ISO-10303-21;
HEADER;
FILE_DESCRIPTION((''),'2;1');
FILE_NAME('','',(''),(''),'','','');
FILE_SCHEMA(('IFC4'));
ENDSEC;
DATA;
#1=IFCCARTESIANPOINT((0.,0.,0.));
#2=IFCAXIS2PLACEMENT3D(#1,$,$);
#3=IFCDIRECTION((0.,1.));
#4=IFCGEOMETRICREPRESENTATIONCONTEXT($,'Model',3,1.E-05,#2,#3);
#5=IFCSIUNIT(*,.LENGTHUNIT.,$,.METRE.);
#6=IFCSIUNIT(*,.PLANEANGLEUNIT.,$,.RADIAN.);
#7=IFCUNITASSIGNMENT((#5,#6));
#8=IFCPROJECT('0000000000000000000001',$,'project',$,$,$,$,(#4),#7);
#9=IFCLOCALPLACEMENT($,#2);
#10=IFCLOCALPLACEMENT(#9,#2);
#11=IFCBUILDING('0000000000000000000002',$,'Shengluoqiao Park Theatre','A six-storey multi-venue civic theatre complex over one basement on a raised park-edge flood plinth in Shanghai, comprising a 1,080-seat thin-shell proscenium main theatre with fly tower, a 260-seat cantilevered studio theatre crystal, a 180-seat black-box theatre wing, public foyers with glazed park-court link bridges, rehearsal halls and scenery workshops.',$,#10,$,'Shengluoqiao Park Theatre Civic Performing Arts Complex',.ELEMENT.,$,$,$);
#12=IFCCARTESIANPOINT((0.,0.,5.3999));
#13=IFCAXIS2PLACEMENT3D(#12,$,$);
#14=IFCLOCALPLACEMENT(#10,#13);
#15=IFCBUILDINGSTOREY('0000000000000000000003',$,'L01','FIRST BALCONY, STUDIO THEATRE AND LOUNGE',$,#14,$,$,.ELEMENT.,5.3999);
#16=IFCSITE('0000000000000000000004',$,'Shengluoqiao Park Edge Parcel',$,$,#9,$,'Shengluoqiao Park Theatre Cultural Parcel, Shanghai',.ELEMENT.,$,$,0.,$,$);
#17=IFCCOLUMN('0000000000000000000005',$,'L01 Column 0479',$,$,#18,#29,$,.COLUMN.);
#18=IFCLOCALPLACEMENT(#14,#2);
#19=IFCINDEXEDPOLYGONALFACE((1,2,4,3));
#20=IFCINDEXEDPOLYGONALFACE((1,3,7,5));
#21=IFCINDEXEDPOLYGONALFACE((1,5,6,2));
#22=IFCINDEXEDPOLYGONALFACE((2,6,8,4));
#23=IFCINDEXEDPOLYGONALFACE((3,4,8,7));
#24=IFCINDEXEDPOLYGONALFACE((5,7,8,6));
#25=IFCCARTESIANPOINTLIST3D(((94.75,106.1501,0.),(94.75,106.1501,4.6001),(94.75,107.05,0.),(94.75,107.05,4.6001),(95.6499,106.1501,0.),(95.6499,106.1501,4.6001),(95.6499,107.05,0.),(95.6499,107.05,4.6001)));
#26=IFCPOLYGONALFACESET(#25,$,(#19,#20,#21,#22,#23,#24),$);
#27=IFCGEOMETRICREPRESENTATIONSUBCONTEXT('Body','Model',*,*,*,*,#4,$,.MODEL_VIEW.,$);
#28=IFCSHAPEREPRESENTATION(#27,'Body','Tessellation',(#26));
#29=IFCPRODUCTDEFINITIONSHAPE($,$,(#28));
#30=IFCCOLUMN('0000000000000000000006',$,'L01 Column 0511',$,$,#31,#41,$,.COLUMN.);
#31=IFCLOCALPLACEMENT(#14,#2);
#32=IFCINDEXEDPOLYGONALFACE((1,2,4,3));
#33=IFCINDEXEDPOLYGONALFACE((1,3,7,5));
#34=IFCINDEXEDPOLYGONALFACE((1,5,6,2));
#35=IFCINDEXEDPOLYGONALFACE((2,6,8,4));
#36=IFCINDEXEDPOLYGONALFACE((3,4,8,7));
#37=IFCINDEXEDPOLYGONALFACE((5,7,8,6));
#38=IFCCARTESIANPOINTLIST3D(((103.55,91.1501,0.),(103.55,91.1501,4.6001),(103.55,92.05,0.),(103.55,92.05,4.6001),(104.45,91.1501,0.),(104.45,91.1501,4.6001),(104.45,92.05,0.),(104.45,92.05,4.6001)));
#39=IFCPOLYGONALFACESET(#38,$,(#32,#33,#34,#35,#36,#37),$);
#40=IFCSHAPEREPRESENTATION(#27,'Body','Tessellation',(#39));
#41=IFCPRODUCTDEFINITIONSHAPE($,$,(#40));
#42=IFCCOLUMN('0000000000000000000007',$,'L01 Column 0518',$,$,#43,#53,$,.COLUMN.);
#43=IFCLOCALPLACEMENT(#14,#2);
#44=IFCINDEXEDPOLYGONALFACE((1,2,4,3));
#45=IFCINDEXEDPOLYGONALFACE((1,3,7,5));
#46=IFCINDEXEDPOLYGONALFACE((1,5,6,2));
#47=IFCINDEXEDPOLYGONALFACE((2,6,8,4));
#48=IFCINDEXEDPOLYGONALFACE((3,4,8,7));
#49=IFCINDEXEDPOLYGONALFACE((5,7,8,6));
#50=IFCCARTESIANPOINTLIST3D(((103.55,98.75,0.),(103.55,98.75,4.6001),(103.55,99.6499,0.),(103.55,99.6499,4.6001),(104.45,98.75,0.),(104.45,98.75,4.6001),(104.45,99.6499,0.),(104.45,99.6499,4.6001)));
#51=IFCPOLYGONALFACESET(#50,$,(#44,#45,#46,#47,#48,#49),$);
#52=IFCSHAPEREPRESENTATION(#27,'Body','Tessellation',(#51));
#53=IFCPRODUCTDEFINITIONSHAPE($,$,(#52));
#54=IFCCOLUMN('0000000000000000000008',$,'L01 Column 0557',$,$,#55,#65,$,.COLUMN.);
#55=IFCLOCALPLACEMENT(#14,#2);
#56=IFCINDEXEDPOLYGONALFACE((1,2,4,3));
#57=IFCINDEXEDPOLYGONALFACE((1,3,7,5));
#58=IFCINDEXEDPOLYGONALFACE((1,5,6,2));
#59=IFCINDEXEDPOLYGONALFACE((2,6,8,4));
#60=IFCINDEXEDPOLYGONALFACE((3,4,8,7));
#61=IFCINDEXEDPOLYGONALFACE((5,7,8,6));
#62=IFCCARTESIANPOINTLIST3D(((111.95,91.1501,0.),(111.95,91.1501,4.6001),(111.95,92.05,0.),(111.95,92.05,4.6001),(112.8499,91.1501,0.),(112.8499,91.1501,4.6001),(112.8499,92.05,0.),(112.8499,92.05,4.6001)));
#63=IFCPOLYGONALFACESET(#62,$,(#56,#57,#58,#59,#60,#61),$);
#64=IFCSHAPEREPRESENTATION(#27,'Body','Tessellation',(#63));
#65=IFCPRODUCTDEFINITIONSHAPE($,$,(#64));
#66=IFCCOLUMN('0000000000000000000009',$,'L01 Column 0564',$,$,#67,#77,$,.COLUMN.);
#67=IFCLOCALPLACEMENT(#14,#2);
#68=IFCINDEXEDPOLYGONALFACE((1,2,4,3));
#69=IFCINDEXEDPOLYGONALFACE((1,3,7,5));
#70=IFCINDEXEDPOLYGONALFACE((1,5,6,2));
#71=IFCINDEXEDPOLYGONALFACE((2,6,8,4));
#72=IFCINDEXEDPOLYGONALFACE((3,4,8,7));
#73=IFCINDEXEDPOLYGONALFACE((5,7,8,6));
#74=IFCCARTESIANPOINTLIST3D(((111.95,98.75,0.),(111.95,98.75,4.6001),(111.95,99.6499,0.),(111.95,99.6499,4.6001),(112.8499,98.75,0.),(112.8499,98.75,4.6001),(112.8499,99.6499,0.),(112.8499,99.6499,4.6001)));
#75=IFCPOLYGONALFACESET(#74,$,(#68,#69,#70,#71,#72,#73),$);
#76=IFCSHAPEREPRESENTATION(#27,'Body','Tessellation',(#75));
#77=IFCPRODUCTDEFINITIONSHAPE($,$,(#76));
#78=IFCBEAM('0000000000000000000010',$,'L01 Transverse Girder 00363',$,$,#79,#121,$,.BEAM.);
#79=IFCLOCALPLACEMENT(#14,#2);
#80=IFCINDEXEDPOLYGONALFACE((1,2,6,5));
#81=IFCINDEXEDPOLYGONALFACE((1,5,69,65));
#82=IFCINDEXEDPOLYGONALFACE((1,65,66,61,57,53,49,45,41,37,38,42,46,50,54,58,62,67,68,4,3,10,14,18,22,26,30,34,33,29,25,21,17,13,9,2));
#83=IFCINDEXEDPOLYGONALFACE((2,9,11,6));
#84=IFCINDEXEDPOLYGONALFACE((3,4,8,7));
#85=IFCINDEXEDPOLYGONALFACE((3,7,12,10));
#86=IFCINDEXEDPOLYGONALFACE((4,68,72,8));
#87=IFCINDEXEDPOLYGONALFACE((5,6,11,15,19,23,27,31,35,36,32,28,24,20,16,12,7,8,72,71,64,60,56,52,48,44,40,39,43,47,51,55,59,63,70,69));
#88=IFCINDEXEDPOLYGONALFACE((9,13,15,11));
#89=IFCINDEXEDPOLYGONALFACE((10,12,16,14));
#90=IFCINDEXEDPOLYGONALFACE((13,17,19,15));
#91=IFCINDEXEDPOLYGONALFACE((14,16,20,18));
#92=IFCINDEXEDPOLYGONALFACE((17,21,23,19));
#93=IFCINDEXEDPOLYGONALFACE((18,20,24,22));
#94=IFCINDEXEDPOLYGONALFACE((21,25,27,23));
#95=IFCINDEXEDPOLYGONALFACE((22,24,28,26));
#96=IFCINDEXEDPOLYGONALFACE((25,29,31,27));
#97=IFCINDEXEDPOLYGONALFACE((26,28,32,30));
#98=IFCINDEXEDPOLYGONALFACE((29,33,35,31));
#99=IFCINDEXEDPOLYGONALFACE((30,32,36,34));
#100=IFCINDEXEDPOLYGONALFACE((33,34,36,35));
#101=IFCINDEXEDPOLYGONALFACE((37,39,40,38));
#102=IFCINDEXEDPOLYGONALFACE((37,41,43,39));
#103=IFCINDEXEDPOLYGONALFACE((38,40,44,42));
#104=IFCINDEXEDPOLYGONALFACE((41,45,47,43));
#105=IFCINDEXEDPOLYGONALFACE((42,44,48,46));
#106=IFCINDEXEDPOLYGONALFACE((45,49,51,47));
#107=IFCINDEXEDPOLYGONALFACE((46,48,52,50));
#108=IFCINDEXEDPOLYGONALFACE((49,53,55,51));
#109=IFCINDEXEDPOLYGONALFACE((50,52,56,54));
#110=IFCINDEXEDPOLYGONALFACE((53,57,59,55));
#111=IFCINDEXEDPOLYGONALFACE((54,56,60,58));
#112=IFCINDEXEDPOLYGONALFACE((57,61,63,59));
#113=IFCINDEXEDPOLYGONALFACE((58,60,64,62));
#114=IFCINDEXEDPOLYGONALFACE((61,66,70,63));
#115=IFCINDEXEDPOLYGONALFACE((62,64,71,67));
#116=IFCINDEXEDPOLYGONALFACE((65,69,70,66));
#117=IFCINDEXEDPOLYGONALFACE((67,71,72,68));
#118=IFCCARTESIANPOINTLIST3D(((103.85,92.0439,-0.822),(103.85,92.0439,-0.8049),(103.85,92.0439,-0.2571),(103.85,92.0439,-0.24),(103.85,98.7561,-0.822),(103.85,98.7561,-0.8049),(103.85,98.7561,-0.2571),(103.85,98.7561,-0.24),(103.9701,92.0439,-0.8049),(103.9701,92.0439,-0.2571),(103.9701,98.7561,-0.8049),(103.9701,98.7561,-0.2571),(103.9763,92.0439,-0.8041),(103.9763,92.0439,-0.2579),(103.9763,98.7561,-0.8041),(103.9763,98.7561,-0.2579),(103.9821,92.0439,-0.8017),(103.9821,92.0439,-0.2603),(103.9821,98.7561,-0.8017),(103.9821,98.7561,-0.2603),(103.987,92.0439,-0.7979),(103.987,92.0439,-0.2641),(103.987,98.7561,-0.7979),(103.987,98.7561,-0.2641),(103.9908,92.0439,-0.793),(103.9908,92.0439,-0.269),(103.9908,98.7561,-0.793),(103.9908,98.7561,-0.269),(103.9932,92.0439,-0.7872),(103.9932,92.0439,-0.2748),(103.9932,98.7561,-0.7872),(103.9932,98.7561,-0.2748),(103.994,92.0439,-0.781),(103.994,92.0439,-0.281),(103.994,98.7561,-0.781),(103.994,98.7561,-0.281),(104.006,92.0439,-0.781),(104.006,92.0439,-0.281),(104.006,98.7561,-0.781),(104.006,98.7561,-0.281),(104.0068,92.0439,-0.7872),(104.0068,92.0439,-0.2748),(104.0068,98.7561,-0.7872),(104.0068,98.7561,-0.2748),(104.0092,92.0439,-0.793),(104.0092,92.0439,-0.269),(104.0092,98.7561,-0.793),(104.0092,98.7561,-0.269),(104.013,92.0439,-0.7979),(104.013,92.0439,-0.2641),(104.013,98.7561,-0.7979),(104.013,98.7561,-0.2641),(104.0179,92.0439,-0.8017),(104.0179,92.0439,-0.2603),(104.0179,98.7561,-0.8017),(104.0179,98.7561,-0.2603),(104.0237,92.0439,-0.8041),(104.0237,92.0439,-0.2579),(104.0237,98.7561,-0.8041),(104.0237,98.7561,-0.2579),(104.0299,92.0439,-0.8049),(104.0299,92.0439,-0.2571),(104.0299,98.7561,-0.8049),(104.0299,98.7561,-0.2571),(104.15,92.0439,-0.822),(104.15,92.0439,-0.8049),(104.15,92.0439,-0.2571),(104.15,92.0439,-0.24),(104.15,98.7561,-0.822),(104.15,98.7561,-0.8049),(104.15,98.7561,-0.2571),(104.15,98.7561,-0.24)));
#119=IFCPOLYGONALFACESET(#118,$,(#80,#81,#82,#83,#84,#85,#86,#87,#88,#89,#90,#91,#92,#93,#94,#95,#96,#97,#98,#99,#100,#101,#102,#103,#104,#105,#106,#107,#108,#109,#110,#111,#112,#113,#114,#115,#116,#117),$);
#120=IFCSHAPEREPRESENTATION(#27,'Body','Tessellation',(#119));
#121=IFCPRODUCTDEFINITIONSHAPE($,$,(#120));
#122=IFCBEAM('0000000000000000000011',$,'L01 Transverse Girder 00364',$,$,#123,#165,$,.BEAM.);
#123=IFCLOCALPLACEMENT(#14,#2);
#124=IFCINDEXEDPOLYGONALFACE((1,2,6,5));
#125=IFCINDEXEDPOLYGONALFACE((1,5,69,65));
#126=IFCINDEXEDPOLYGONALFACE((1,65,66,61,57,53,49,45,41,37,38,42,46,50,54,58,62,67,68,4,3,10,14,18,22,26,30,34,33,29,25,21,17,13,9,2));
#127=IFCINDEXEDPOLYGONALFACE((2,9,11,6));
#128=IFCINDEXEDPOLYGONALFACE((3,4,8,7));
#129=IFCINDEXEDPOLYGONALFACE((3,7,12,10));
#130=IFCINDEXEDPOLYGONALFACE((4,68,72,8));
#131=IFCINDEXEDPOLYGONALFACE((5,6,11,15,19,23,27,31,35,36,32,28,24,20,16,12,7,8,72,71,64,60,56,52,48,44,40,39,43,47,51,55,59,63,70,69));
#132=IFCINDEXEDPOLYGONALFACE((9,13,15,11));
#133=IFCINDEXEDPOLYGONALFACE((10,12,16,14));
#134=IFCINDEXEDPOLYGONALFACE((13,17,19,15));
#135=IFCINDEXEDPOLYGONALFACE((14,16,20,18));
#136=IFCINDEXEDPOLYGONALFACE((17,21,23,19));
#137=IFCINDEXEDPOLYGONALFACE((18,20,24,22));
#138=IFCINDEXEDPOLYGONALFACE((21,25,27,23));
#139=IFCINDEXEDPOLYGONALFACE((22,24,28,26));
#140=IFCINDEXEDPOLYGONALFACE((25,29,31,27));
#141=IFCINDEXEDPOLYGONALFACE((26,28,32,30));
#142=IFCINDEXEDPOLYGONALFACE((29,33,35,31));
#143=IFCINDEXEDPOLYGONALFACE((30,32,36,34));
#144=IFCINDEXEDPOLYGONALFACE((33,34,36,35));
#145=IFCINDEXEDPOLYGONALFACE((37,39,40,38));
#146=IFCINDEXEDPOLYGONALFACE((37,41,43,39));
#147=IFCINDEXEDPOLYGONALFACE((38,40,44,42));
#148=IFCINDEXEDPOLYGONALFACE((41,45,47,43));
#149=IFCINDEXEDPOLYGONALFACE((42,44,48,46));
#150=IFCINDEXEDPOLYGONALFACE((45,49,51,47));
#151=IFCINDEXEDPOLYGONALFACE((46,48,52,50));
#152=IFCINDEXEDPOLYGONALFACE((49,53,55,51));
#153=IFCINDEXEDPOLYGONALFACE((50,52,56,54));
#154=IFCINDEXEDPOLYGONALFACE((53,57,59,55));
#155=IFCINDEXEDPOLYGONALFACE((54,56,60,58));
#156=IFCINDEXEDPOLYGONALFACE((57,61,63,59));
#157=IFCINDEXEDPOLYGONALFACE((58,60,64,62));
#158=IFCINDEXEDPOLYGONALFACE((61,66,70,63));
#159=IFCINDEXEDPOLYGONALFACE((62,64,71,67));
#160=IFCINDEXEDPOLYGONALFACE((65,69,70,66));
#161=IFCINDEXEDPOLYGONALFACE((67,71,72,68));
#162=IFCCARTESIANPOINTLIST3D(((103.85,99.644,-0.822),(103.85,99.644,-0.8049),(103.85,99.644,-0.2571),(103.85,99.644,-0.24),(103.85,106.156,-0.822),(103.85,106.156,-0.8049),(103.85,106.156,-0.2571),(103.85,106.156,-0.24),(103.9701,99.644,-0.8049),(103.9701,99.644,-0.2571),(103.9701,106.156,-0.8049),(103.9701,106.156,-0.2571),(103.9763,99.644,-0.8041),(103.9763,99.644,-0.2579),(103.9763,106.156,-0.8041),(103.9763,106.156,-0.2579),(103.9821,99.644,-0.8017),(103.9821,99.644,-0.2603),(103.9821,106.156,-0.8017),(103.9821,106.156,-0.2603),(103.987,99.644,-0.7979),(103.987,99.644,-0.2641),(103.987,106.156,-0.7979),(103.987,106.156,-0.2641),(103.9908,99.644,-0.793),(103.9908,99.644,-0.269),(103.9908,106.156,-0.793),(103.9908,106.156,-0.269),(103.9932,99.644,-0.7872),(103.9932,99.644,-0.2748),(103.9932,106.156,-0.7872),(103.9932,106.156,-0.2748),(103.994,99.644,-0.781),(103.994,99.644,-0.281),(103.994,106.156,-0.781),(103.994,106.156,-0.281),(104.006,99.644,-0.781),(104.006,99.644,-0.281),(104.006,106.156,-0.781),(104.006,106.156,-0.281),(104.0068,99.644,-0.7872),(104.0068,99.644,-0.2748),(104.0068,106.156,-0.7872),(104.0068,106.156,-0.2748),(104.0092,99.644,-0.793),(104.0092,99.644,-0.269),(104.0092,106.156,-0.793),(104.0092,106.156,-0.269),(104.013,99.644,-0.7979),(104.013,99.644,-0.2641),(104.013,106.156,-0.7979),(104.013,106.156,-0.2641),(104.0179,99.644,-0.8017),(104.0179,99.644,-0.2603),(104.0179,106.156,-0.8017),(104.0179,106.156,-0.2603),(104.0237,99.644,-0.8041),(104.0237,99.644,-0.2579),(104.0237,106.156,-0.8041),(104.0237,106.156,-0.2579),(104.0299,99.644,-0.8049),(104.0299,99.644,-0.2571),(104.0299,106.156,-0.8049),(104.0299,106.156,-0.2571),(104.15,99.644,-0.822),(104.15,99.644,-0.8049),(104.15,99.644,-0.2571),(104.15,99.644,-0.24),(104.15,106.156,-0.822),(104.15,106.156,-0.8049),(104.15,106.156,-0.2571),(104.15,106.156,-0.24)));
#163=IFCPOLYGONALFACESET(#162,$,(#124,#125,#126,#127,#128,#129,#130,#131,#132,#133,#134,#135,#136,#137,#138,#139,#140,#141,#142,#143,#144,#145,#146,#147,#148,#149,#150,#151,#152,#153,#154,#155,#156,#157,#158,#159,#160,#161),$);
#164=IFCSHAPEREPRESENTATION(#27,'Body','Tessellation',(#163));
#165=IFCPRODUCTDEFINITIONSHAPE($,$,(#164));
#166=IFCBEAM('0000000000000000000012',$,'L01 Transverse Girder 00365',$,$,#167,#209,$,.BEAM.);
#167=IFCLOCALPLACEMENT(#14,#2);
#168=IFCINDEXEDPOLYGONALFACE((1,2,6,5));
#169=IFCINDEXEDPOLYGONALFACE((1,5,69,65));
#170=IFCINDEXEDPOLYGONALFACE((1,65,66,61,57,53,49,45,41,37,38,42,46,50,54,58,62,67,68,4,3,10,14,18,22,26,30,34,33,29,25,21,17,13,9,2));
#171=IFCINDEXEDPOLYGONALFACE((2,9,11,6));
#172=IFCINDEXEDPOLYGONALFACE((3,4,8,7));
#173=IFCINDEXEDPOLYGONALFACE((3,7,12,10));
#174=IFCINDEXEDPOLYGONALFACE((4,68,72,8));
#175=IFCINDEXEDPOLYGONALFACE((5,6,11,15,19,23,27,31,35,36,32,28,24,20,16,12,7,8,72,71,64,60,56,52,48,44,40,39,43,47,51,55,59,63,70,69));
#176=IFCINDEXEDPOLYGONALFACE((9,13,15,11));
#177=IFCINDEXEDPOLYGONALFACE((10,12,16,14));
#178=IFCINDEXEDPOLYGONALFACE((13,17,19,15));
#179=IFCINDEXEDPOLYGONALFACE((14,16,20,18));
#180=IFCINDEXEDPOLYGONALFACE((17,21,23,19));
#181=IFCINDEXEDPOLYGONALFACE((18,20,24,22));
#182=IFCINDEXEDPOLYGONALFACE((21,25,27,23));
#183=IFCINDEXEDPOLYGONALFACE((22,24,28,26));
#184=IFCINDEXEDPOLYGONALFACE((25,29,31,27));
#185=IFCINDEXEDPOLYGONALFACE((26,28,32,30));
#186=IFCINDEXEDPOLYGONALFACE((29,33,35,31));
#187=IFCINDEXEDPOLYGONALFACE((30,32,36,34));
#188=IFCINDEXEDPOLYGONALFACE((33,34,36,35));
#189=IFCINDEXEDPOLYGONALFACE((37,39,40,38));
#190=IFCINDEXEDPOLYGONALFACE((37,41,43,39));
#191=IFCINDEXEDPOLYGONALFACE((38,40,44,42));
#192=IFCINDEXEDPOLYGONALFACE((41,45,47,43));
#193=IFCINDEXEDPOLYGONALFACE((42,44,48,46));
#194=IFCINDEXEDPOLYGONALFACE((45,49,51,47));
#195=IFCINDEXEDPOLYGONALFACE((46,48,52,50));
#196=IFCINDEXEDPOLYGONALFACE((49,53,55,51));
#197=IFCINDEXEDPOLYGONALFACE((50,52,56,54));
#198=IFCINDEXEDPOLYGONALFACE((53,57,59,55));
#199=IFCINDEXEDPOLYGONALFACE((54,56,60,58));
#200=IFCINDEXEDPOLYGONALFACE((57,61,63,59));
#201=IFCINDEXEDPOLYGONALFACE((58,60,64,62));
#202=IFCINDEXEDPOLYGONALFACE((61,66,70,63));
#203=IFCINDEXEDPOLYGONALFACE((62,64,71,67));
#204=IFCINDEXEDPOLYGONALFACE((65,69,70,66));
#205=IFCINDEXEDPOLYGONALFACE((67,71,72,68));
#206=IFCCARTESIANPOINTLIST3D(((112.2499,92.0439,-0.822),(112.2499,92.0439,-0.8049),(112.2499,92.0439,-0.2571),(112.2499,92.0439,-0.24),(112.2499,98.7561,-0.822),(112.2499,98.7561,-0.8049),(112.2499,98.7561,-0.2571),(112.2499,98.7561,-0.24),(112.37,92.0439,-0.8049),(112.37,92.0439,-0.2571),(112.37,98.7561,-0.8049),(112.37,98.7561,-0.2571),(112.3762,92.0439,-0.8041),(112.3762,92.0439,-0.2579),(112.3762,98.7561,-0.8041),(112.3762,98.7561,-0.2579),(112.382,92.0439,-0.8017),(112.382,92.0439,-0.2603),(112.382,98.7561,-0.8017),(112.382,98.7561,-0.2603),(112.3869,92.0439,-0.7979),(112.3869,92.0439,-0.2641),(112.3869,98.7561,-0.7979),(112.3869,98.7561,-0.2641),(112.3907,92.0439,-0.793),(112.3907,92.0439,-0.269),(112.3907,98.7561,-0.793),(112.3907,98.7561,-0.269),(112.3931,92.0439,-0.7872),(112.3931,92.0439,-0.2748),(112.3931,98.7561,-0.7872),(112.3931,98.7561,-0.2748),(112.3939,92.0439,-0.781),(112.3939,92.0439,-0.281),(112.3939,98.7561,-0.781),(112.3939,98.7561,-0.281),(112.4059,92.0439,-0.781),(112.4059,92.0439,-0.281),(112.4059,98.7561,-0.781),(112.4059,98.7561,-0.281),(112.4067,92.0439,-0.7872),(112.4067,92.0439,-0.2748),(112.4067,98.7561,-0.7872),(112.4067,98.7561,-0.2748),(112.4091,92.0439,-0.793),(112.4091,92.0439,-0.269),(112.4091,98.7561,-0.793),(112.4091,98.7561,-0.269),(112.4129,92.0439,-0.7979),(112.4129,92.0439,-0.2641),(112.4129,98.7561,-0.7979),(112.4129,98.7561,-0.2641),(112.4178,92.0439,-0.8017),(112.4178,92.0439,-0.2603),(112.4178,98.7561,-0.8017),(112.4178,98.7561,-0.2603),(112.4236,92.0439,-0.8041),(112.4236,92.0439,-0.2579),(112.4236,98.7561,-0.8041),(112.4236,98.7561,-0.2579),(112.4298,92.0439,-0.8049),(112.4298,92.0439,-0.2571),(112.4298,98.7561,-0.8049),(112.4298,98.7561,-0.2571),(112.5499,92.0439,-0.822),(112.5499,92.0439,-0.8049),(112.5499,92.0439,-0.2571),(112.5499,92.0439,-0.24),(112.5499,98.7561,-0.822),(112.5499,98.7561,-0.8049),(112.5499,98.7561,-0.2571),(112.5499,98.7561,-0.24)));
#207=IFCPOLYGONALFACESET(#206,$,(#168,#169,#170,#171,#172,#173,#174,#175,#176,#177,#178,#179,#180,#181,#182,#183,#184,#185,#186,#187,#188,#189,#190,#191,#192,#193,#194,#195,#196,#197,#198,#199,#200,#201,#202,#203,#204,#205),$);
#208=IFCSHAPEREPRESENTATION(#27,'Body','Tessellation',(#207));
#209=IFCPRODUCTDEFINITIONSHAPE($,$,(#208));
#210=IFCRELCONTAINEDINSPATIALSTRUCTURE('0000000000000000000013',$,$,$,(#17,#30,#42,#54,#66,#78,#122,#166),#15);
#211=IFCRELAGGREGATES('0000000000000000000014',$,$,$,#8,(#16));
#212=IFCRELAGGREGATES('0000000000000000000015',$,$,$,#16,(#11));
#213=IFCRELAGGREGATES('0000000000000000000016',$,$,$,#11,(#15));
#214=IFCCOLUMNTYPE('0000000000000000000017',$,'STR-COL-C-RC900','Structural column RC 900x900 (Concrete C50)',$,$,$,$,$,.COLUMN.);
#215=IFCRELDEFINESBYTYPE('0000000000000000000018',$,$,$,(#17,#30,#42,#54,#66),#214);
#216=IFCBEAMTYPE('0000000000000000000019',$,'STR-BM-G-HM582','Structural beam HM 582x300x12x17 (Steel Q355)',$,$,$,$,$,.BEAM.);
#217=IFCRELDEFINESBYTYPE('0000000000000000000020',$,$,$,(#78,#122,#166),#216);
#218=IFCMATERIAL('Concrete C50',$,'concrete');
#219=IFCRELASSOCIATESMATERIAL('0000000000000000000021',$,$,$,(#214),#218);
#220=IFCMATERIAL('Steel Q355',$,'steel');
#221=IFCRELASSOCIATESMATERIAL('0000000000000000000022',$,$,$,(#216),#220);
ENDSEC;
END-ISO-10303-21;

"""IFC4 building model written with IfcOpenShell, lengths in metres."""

from ifc_helpers import new_model, si_unit, direction, frame, origin, origin_2d, place, context, subcontext, project, spatial, rectangle, i_section, extrude, material, material_profile, profile_set, type_object, element, save


model = new_model("IFC4")

# Units and contexts
model_context = context("Model", 3, precision=1e-05, world=origin(), true_north=direction((0.0, 1.0)))
body_context = subcontext(model_context, "Body", "Model", "MODEL_VIEW")
ifc_project = project(units=[si_unit("LENGTHUNIT", "METRE"), si_unit("PLANEANGLEUNIT", "RADIAN")], contexts=[model_context])

# Site, building, storey
site_placement = place(None, origin())
site = spatial("IfcSite", under=ifc_project, at=site_placement, Name="Shengluoqiao Park Edge Parcel", LongName="Shengluoqiao Park Theatre Cultural Parcel, Shanghai", CompositionType="ELEMENT", RefElevation=0.0)
building_placement = place(site_placement, origin())
building = spatial("IfcBuilding", under=site, at=building_placement, Name="Shengluoqiao Park Theatre", Description="A six-storey multi-venue civic theatre complex over one basement on a raised park-edge flood plinth in Shanghai, comprising a 1,080-seat thin-shell proscenium main theatre with fly tower, a 260-seat cantilevered studio theatre crystal, a 180-seat black-box theatre wing, public foyers with glazed park-court link bridges, rehearsal halls and scenery workshops.", LongName="Shengluoqiao Park Theatre Civic Performing Arts Complex", CompositionType="ELEMENT")
storey_placement = place(building_placement, frame((0.0, 0.0, 5.3999)))
storey = spatial("IfcBuildingStorey", under=building, at=storey_placement, Name="L01", Description="FIRST BALCONY, STUDIO THEATRE AND LOUNGE", CompositionType="ELEMENT", Elevation=5.3999)

# Columns
ifc_material_1 = material(Name="Concrete C50", Category="concrete")
ifc_material_profile_1 = material_profile(ifc_material_1, rectangle(XDim=0.8999, YDim=0.8999, at=origin_2d()), Name="RC 900x900")
ifc_profile_set_1 = profile_set([ifc_material_profile_1], Name="Concrete C50")
column_type = type_object("IfcColumnType", Name="STR-COL-C-RC900", Description="Structural column RC 900x900 (Concrete C50)", PredefinedType="COLUMN", material=ifc_profile_set_1)
for number, where, z_axis, x_axis, name in (
    (1, (95.2, 106.6001, 0.0), (0.0, 0.0, 1.0), (1.0, 0.0, 0.0), "L01 Column 0479"),
    (2, (104.0, 91.6001, 0.0), (0.0, 0.0, 1.0), (1.0, 0.0, 0.0), "L01 Column 0511"),
    (3, (104.0, 99.2, 0.0), (0.0, 0.0, 1.0), (1.0, 0.0, 0.0), "L01 Column 0518"),
    (4, (112.3999, 91.6001, 0.0), (0.0, 0.0, 1.0), (1.0, 0.0, 0.0), "L01 Column 0557"),
    (5, (112.3999, 99.2, 0.0), (0.0, 0.0, 1.0), (1.0, 0.0, 0.0), "L01 Column 0564"),
):
    element("IfcColumn", number, at=place(storey_placement, frame(where, z_axis=z_axis, x_axis=x_axis)), inside=storey, type_object=column_type, Name=name, PredefinedType="COLUMN", context=body_context, shape_type="SweptSolid", body=[
        extrude(rectangle(XDim=0.8999, YDim=0.8999, at=origin_2d()), origin(), (0.0, 0.0, 1.0), 4.6001),
    ])

# Beams
ifc_material_2 = material(Name="Steel Q355", Category="steel")
ifc_material_profile_2 = material_profile(ifc_material_2, i_section(OverallWidth=0.3, OverallDepth=0.582, WebThickness=0.012, FlangeThickness=0.0171, FilletRadius=0.0239, at=origin_2d()), Name="HM 582x300x12x17")
ifc_profile_set_2 = profile_set([ifc_material_profile_2], Name="Steel Q355")
beam_type_1 = type_object("IfcBeamType", Name="STR-BM-G-HM582", Description="Structural beam HM 582x300x12x17 (Steel Q355)", PredefinedType="BEAM", material=ifc_profile_set_2)
beam_1_placement = place(storey_placement, frame((104.0, 92.0439, -0.531), z_axis=(0.0, 1.0, 0.0), x_axis=(-1.0, 0.0, 0.0)))
element("IfcBeam", 6, at=beam_1_placement, inside=storey, type_object=beam_type_1, Name="L01 Transverse Girder 00363", PredefinedType="BEAM", context=body_context, shape_type="SweptSolid", body=[
    extrude(i_section(OverallWidth=0.3, OverallDepth=0.582, WebThickness=0.012, FlangeThickness=0.0171, FilletRadius=0.0239, at=origin_2d()), origin(), (0.0, 0.0, 1.0), 6.7122),
])
beam_2_placement = place(storey_placement, frame((104.0, 99.644, -0.531), z_axis=(0.0, 1.0, 0.0), x_axis=(-1.0, 0.0, 0.0)))
element("IfcBeam", 7, at=beam_2_placement, inside=storey, type_object=beam_type_1, Name="L01 Transverse Girder 00364", PredefinedType="BEAM", context=body_context, shape_type="SweptSolid", body=[
    extrude(i_section(OverallWidth=0.3, OverallDepth=0.582, WebThickness=0.012, FlangeThickness=0.0171, FilletRadius=0.0239, at=origin_2d()), origin(), (0.0, 0.0, 1.0), 6.512),
])
beam_3_placement = place(storey_placement, frame((112.3999, 92.0439, -0.531), z_axis=(0.0, 1.0, 0.0), x_axis=(-1.0, 0.0, 0.0)))
element("IfcBeam", 8, at=beam_3_placement, inside=storey, type_object=beam_type_1, Name="L01 Transverse Girder 00365", PredefinedType="BEAM", context=body_context, shape_type="SweptSolid", body=[
    extrude(i_section(OverallWidth=0.3, OverallDepth=0.582, WebThickness=0.012, FlangeThickness=0.0171, FilletRadius=0.0239, at=origin_2d()), origin(), (0.0, 0.0, 1.0), 6.7122),
])

save(model, "model.ifc")
